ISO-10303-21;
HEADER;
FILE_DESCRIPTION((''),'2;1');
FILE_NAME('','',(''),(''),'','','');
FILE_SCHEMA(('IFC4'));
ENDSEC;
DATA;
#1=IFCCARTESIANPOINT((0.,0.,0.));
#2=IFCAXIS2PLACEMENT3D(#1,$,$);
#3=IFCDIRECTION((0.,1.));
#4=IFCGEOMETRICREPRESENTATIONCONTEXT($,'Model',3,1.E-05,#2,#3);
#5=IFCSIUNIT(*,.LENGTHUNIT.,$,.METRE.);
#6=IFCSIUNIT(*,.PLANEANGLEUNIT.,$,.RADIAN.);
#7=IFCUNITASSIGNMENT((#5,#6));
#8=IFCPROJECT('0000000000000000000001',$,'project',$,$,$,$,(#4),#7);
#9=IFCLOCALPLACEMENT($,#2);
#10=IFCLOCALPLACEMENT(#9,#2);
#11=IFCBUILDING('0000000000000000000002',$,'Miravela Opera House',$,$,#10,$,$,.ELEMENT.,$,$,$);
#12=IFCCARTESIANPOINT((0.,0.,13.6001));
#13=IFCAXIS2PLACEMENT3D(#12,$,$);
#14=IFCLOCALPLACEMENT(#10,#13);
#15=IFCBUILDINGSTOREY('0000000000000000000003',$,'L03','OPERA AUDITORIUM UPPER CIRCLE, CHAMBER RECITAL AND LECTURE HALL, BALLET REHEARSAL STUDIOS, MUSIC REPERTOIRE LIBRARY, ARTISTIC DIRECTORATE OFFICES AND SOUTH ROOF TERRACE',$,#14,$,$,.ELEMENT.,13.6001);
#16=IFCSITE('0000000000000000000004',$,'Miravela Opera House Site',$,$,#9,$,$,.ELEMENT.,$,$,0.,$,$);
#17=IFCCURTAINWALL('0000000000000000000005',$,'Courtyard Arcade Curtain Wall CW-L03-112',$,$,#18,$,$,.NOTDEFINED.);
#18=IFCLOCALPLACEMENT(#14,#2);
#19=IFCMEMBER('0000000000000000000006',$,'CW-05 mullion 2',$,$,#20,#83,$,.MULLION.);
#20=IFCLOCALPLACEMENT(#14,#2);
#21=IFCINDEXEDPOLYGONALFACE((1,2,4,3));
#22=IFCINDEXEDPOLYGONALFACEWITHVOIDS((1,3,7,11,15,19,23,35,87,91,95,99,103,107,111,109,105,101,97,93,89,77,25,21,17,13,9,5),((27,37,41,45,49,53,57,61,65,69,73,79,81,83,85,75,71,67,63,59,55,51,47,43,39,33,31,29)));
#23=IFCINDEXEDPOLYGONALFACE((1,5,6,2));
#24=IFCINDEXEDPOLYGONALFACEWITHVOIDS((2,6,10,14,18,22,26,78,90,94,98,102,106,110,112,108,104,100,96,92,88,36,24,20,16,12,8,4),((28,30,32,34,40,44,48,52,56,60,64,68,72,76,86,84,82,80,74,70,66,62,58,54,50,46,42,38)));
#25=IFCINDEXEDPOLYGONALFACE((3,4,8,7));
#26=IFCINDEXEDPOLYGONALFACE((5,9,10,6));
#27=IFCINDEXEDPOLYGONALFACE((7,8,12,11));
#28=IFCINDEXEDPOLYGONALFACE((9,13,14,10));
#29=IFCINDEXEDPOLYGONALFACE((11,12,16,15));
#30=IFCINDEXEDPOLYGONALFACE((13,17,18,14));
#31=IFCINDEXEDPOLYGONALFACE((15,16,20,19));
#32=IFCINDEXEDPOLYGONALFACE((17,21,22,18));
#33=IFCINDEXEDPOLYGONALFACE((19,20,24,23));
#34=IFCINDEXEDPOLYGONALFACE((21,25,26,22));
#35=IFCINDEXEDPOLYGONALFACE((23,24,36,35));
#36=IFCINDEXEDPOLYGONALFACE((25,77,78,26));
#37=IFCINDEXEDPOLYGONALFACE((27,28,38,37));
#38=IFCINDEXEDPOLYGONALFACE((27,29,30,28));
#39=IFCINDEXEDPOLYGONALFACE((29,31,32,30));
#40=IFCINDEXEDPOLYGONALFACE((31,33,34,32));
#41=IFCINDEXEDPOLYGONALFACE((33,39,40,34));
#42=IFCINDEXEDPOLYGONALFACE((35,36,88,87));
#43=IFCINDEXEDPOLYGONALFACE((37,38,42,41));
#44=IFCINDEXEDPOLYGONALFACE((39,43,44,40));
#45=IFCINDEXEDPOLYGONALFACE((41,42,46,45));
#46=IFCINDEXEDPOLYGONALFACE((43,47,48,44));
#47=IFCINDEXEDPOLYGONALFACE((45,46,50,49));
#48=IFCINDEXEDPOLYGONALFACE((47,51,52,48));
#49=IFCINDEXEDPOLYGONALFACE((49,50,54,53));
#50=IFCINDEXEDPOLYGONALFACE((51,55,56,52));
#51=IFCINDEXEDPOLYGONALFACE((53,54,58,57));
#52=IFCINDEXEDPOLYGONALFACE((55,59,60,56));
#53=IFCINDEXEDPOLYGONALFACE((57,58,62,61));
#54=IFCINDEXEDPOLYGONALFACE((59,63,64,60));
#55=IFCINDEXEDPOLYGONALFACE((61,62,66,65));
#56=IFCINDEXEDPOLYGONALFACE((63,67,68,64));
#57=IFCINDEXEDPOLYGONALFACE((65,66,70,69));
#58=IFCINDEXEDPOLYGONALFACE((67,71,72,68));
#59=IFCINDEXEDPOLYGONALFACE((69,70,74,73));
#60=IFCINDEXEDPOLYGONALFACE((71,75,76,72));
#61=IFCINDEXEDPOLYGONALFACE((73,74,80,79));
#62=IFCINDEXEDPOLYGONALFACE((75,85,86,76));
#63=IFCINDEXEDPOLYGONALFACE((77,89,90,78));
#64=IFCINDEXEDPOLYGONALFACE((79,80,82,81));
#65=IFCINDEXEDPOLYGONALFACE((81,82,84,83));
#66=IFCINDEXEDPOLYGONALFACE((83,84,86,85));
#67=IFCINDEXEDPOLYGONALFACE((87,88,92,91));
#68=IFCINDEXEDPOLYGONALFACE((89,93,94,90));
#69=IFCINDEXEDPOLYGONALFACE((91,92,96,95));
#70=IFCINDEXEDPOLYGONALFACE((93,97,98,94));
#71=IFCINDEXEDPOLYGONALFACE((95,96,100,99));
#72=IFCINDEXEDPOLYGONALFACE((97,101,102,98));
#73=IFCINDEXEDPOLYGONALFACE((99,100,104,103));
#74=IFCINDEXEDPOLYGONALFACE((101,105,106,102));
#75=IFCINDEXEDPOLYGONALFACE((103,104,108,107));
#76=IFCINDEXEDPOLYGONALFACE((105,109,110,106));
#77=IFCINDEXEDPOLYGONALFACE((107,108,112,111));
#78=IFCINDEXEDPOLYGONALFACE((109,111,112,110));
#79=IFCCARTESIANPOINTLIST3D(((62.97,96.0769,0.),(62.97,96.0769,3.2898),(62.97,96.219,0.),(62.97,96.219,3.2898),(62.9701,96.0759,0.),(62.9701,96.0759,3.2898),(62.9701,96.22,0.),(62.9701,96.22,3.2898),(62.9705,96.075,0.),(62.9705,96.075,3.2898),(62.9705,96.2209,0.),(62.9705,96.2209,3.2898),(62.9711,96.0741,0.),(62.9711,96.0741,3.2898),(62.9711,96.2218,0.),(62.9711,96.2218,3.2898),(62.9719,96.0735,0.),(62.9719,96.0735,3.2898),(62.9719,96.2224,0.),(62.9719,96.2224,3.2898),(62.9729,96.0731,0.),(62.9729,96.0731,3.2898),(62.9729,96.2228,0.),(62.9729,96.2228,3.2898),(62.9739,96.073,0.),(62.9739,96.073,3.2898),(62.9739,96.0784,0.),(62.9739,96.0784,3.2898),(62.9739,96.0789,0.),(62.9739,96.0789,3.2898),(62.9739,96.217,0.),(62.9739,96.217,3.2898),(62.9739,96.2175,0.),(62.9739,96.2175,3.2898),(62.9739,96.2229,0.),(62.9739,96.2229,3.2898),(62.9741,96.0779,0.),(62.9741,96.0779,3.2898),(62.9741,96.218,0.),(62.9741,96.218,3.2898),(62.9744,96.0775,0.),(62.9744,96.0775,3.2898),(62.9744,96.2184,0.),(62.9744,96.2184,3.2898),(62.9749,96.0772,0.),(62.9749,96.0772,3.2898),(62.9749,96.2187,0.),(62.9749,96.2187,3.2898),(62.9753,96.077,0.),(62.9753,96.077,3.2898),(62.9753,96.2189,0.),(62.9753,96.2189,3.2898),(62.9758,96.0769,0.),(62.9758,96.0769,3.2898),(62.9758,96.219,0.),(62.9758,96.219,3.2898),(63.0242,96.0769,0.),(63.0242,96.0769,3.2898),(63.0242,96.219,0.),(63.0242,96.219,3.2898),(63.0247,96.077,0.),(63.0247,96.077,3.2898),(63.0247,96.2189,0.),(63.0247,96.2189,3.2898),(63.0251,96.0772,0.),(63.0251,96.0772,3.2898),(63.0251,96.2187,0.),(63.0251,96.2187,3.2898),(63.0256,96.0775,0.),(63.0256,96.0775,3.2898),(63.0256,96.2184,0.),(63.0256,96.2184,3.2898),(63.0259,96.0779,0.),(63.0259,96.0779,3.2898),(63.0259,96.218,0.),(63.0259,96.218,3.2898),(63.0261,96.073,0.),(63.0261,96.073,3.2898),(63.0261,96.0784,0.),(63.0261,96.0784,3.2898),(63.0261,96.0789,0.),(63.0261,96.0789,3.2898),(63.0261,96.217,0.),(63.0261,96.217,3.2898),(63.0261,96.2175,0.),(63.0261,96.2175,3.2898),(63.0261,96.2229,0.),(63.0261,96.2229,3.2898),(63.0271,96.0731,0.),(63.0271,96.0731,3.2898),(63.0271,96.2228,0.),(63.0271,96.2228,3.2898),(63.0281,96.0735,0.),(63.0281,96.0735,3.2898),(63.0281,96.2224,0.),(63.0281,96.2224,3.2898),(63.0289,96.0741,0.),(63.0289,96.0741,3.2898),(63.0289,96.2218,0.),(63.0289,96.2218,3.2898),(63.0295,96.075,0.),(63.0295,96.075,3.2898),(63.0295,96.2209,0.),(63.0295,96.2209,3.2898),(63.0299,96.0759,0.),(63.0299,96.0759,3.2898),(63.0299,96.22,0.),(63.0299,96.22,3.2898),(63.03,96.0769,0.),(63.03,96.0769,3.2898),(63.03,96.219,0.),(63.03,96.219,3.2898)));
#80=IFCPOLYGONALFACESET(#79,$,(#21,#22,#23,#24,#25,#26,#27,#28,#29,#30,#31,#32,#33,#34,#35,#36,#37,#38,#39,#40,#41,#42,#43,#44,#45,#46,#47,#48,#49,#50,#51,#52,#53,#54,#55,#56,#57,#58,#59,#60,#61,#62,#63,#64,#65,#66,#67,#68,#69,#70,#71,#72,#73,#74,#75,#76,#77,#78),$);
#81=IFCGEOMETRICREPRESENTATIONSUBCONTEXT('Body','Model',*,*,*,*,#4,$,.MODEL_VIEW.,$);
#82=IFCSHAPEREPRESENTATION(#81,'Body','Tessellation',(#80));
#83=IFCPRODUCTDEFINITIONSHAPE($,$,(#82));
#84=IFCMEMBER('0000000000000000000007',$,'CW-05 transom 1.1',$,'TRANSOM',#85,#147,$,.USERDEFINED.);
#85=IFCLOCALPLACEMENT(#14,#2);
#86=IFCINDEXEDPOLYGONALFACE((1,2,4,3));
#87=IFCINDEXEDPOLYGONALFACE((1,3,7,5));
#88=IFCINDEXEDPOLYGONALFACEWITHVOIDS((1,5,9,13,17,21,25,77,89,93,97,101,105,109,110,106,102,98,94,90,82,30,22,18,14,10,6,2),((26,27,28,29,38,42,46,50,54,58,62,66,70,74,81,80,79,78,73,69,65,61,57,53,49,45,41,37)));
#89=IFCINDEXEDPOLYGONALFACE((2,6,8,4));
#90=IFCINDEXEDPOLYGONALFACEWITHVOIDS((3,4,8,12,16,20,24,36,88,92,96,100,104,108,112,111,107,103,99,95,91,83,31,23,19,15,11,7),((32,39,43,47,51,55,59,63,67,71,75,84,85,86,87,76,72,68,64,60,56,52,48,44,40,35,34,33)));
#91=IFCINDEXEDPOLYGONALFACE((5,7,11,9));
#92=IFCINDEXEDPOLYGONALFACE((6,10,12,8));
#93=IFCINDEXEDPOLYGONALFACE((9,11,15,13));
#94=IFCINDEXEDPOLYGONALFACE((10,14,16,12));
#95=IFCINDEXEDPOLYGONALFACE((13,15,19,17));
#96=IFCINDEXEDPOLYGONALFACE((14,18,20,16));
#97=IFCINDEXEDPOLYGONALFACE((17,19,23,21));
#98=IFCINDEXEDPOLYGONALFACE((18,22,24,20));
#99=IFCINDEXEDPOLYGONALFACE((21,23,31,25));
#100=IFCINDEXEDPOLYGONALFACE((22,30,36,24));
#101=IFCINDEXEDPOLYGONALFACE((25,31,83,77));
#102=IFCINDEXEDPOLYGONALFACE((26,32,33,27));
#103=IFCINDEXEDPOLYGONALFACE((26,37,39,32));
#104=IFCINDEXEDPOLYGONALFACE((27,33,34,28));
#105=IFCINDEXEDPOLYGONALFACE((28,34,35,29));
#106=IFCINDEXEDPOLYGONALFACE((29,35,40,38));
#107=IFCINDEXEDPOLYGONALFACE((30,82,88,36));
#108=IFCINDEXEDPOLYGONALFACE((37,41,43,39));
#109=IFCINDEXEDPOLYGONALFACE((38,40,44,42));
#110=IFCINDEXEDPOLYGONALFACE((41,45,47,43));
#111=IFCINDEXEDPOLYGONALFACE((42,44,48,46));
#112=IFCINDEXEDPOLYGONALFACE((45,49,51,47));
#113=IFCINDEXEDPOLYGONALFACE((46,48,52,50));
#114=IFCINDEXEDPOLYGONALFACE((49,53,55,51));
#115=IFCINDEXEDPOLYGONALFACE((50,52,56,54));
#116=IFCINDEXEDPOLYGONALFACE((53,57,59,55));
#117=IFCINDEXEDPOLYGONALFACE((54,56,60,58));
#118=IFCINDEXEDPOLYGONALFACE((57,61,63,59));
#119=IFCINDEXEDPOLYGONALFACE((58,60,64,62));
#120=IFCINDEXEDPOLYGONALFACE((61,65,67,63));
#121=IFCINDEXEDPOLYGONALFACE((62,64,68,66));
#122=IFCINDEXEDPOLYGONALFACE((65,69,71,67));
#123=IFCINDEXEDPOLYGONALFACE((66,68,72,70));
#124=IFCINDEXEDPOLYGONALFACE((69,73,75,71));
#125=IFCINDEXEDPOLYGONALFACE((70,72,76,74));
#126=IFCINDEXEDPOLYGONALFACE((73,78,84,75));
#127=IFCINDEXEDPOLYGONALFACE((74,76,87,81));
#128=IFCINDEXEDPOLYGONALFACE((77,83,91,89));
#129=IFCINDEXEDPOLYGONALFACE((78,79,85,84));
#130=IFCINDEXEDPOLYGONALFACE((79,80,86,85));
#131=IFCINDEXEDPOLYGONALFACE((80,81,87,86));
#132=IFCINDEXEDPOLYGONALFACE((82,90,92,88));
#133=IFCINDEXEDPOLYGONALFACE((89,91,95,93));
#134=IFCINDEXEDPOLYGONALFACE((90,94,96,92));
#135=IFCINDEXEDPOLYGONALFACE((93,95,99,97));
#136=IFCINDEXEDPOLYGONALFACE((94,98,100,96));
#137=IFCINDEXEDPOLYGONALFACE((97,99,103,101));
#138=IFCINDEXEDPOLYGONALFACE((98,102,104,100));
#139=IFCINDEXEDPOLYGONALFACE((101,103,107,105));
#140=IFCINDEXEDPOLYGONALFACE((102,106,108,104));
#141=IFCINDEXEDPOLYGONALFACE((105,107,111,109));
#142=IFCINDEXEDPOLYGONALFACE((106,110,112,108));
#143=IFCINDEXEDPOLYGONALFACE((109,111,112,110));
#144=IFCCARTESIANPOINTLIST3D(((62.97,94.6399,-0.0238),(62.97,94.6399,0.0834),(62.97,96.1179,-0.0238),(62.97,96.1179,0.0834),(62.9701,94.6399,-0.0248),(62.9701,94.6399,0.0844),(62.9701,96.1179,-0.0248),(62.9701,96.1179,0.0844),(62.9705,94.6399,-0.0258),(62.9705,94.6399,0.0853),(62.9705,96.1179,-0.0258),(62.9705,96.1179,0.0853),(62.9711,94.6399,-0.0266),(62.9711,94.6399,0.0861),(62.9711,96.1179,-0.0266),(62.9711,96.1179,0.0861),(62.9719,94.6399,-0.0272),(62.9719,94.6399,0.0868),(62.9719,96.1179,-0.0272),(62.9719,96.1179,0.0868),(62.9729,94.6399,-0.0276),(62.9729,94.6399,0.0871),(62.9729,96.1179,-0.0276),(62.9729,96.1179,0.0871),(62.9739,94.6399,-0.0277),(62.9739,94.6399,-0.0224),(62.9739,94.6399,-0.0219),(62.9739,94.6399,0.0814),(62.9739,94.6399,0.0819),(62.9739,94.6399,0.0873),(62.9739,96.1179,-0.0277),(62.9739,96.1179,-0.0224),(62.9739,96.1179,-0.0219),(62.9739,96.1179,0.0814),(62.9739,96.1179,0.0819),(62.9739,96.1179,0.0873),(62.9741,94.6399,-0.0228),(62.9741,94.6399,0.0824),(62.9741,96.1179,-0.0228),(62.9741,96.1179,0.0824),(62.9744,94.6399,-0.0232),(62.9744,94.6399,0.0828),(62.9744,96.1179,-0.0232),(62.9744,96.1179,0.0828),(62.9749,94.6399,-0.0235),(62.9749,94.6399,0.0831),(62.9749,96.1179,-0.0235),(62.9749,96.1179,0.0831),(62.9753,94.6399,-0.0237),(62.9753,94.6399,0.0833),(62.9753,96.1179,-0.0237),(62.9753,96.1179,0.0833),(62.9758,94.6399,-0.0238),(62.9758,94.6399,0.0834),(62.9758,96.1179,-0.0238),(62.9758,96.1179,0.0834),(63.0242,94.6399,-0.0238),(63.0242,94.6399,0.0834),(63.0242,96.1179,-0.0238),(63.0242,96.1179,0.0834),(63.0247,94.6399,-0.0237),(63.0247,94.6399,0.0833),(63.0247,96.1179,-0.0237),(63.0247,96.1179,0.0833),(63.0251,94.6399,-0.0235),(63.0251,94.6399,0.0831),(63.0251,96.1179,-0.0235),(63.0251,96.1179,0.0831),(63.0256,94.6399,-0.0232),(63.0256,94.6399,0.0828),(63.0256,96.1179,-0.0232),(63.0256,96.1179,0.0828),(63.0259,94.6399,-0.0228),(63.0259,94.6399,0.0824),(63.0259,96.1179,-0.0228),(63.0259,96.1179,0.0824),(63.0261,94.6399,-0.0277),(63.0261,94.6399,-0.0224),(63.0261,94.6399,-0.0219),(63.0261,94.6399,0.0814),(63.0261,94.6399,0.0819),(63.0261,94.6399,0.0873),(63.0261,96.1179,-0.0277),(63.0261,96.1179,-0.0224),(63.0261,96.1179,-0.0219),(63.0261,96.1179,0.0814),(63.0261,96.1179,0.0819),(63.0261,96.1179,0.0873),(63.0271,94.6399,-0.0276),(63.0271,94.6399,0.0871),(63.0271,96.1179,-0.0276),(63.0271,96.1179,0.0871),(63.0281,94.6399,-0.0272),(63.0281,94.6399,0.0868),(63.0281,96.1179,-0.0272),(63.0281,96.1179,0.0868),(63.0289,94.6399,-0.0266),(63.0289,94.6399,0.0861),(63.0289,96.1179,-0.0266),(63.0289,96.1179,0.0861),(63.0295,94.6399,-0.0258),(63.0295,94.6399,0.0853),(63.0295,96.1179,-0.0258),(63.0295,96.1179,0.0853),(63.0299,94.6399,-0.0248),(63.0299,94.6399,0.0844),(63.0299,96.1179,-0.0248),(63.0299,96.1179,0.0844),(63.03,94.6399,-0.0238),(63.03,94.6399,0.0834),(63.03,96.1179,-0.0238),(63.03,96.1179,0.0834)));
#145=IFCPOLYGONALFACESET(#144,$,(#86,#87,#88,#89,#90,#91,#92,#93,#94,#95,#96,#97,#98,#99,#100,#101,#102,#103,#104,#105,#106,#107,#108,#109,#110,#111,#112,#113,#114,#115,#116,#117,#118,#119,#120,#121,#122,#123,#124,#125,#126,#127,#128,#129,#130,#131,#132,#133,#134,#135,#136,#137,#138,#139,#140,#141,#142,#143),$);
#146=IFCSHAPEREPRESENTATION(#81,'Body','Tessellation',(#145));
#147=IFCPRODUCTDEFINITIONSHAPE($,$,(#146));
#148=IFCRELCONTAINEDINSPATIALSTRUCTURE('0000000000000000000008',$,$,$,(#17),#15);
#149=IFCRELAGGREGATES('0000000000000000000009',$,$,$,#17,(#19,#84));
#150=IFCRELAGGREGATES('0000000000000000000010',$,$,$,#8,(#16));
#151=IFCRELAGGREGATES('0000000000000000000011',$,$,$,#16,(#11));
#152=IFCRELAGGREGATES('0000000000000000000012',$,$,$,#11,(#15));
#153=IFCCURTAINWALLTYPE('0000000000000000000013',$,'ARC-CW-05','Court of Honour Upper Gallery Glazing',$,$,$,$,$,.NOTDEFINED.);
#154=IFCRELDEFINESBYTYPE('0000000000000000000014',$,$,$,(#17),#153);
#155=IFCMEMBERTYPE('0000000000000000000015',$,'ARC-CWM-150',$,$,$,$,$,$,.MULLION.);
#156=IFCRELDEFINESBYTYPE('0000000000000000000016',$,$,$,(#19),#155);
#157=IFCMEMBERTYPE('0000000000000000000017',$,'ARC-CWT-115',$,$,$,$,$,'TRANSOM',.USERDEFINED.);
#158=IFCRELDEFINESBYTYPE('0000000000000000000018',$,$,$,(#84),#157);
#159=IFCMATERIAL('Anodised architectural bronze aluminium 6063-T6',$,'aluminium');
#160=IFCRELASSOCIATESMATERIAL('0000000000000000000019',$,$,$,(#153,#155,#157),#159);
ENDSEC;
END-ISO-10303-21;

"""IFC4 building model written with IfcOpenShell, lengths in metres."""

from ifc_helpers import new_model, si_unit, direction, frame, origin, origin_2d, place, context, subcontext, project, spatial, hollow_rectangle, extrude, material, material_profile, profile_set, type_object, element, aggregate, save


model = new_model("IFC4")

# Units and contexts
model_context = context("Model", 3, precision=1e-05, world=origin(), true_north=direction((0.0, 1.0)))
body_context = subcontext(model_context, "Body", "Model", "MODEL_VIEW")
ifc_project = project(units=[si_unit("LENGTHUNIT", "METRE"), si_unit("PLANEANGLEUNIT", "RADIAN")], contexts=[model_context])

# Site, building, storey
site_placement = place(None, origin())
site = spatial("IfcSite", under=ifc_project, at=site_placement, Name="Miravela Opera House Site", CompositionType="ELEMENT", RefElevation=0.0)
building_placement = place(site_placement, origin())
building = spatial("IfcBuilding", under=site, at=building_placement, Name="Miravela Opera House", CompositionType="ELEMENT")
storey_placement = place(building_placement, frame((0.0, 0.0, 13.6001)))
storey = spatial("IfcBuildingStorey", under=building, at=storey_placement, Name="L03", Description="OPERA AUDITORIUM UPPER CIRCLE, CHAMBER RECITAL AND LECTURE HALL, BALLET REHEARSAL STUDIOS, MUSIC REPERTOIRE LIBRARY, ARTISTIC DIRECTORATE OFFICES AND SOUTH ROOF TERRACE", CompositionType="ELEMENT", Elevation=13.6001)

# Shared definitions
ifc_material_1 = material(Name="Anodised architectural bronze aluminium 6063-T6", Category="aluminium")
curtain_wall_type = type_object("IfcCurtainWallType", Name="ARC-CW-05", Description="Court of Honour Upper Gallery Glazing", PredefinedType="NOTDEFINED", material=ifc_material_1)
ifc_material_profile_1 = material_profile(ifc_material_1, hollow_rectangle(XDim=0.0601, YDim=0.1499, WallThickness=0.0039, InnerFilletRadius=0.002, OuterFilletRadius=0.0039, at=origin_2d()), Name="CWM-60X150")
ifc_profile_set_1 = profile_set([ifc_material_profile_1])
member_type_1 = type_object("IfcMemberType", Name="ARC-CWM-150", PredefinedType="MULLION", material=ifc_profile_set_1)

# Curtain wall, members
curtain_wall_1_placement = place(storey_placement, origin())
curtain_wall_1 = element("IfcCurtainWall", 1, at=curtain_wall_1_placement, inside=storey, type_object=curtain_wall_type, Name="Courtyard Arcade Curtain Wall CW-L03-112", PredefinedType="NOTDEFINED")
member_1_placement = place(storey_placement, frame((63.0, 96.1479, 0.0), z_axis=(0.0, 0.0, 1.0), x_axis=(-1.0, 0.0, 0.0)))
member_1 = element("IfcMember", 2, at=member_1_placement, type_object=member_type_1, Name="CW-05 mullion 2", PredefinedType="MULLION", context=body_context, shape_type="SweptSolid", body=[
    extrude(hollow_rectangle(XDim=0.0601, YDim=0.1499, WallThickness=0.0039, InnerFilletRadius=0.002, OuterFilletRadius=0.0039, at=origin_2d()), origin(), (0.0, 0.0, 1.0), 3.2898),
])
ifc_material_profile_2 = material_profile(ifc_material_1, hollow_rectangle(XDim=0.0601, YDim=0.115, WallThickness=0.0039, InnerFilletRadius=0.002, OuterFilletRadius=0.0039, at=origin_2d()), Name="CWT-60X115")
ifc_profile_set_2 = profile_set([ifc_material_profile_2])
member_type_2 = type_object("IfcMemberType", Name="ARC-CWT-115", ElementType="TRANSOM", PredefinedType="USERDEFINED", material=ifc_profile_set_2)
member_2_placement = place(storey_placement, frame((63.0, 94.6399, 0.0298), z_axis=(0.0, 1.0, 0.0), x_axis=(-1.0, 0.0, 0.0)))
member_2 = element("IfcMember", 3, at=member_2_placement, type_object=member_type_2, Name="CW-05 transom 1.1", ObjectType="TRANSOM", PredefinedType="USERDEFINED", context=body_context, shape_type="SweptSolid", body=[
    extrude(hollow_rectangle(XDim=0.0601, YDim=0.115, WallThickness=0.0039, InnerFilletRadius=0.002, OuterFilletRadius=0.0039, at=origin_2d()), origin(), (0.0, 0.0, 1.0), 1.478),
])

aggregate(curtain_wall_1, [member_1, member_2])

save(model, "model.ifc")
